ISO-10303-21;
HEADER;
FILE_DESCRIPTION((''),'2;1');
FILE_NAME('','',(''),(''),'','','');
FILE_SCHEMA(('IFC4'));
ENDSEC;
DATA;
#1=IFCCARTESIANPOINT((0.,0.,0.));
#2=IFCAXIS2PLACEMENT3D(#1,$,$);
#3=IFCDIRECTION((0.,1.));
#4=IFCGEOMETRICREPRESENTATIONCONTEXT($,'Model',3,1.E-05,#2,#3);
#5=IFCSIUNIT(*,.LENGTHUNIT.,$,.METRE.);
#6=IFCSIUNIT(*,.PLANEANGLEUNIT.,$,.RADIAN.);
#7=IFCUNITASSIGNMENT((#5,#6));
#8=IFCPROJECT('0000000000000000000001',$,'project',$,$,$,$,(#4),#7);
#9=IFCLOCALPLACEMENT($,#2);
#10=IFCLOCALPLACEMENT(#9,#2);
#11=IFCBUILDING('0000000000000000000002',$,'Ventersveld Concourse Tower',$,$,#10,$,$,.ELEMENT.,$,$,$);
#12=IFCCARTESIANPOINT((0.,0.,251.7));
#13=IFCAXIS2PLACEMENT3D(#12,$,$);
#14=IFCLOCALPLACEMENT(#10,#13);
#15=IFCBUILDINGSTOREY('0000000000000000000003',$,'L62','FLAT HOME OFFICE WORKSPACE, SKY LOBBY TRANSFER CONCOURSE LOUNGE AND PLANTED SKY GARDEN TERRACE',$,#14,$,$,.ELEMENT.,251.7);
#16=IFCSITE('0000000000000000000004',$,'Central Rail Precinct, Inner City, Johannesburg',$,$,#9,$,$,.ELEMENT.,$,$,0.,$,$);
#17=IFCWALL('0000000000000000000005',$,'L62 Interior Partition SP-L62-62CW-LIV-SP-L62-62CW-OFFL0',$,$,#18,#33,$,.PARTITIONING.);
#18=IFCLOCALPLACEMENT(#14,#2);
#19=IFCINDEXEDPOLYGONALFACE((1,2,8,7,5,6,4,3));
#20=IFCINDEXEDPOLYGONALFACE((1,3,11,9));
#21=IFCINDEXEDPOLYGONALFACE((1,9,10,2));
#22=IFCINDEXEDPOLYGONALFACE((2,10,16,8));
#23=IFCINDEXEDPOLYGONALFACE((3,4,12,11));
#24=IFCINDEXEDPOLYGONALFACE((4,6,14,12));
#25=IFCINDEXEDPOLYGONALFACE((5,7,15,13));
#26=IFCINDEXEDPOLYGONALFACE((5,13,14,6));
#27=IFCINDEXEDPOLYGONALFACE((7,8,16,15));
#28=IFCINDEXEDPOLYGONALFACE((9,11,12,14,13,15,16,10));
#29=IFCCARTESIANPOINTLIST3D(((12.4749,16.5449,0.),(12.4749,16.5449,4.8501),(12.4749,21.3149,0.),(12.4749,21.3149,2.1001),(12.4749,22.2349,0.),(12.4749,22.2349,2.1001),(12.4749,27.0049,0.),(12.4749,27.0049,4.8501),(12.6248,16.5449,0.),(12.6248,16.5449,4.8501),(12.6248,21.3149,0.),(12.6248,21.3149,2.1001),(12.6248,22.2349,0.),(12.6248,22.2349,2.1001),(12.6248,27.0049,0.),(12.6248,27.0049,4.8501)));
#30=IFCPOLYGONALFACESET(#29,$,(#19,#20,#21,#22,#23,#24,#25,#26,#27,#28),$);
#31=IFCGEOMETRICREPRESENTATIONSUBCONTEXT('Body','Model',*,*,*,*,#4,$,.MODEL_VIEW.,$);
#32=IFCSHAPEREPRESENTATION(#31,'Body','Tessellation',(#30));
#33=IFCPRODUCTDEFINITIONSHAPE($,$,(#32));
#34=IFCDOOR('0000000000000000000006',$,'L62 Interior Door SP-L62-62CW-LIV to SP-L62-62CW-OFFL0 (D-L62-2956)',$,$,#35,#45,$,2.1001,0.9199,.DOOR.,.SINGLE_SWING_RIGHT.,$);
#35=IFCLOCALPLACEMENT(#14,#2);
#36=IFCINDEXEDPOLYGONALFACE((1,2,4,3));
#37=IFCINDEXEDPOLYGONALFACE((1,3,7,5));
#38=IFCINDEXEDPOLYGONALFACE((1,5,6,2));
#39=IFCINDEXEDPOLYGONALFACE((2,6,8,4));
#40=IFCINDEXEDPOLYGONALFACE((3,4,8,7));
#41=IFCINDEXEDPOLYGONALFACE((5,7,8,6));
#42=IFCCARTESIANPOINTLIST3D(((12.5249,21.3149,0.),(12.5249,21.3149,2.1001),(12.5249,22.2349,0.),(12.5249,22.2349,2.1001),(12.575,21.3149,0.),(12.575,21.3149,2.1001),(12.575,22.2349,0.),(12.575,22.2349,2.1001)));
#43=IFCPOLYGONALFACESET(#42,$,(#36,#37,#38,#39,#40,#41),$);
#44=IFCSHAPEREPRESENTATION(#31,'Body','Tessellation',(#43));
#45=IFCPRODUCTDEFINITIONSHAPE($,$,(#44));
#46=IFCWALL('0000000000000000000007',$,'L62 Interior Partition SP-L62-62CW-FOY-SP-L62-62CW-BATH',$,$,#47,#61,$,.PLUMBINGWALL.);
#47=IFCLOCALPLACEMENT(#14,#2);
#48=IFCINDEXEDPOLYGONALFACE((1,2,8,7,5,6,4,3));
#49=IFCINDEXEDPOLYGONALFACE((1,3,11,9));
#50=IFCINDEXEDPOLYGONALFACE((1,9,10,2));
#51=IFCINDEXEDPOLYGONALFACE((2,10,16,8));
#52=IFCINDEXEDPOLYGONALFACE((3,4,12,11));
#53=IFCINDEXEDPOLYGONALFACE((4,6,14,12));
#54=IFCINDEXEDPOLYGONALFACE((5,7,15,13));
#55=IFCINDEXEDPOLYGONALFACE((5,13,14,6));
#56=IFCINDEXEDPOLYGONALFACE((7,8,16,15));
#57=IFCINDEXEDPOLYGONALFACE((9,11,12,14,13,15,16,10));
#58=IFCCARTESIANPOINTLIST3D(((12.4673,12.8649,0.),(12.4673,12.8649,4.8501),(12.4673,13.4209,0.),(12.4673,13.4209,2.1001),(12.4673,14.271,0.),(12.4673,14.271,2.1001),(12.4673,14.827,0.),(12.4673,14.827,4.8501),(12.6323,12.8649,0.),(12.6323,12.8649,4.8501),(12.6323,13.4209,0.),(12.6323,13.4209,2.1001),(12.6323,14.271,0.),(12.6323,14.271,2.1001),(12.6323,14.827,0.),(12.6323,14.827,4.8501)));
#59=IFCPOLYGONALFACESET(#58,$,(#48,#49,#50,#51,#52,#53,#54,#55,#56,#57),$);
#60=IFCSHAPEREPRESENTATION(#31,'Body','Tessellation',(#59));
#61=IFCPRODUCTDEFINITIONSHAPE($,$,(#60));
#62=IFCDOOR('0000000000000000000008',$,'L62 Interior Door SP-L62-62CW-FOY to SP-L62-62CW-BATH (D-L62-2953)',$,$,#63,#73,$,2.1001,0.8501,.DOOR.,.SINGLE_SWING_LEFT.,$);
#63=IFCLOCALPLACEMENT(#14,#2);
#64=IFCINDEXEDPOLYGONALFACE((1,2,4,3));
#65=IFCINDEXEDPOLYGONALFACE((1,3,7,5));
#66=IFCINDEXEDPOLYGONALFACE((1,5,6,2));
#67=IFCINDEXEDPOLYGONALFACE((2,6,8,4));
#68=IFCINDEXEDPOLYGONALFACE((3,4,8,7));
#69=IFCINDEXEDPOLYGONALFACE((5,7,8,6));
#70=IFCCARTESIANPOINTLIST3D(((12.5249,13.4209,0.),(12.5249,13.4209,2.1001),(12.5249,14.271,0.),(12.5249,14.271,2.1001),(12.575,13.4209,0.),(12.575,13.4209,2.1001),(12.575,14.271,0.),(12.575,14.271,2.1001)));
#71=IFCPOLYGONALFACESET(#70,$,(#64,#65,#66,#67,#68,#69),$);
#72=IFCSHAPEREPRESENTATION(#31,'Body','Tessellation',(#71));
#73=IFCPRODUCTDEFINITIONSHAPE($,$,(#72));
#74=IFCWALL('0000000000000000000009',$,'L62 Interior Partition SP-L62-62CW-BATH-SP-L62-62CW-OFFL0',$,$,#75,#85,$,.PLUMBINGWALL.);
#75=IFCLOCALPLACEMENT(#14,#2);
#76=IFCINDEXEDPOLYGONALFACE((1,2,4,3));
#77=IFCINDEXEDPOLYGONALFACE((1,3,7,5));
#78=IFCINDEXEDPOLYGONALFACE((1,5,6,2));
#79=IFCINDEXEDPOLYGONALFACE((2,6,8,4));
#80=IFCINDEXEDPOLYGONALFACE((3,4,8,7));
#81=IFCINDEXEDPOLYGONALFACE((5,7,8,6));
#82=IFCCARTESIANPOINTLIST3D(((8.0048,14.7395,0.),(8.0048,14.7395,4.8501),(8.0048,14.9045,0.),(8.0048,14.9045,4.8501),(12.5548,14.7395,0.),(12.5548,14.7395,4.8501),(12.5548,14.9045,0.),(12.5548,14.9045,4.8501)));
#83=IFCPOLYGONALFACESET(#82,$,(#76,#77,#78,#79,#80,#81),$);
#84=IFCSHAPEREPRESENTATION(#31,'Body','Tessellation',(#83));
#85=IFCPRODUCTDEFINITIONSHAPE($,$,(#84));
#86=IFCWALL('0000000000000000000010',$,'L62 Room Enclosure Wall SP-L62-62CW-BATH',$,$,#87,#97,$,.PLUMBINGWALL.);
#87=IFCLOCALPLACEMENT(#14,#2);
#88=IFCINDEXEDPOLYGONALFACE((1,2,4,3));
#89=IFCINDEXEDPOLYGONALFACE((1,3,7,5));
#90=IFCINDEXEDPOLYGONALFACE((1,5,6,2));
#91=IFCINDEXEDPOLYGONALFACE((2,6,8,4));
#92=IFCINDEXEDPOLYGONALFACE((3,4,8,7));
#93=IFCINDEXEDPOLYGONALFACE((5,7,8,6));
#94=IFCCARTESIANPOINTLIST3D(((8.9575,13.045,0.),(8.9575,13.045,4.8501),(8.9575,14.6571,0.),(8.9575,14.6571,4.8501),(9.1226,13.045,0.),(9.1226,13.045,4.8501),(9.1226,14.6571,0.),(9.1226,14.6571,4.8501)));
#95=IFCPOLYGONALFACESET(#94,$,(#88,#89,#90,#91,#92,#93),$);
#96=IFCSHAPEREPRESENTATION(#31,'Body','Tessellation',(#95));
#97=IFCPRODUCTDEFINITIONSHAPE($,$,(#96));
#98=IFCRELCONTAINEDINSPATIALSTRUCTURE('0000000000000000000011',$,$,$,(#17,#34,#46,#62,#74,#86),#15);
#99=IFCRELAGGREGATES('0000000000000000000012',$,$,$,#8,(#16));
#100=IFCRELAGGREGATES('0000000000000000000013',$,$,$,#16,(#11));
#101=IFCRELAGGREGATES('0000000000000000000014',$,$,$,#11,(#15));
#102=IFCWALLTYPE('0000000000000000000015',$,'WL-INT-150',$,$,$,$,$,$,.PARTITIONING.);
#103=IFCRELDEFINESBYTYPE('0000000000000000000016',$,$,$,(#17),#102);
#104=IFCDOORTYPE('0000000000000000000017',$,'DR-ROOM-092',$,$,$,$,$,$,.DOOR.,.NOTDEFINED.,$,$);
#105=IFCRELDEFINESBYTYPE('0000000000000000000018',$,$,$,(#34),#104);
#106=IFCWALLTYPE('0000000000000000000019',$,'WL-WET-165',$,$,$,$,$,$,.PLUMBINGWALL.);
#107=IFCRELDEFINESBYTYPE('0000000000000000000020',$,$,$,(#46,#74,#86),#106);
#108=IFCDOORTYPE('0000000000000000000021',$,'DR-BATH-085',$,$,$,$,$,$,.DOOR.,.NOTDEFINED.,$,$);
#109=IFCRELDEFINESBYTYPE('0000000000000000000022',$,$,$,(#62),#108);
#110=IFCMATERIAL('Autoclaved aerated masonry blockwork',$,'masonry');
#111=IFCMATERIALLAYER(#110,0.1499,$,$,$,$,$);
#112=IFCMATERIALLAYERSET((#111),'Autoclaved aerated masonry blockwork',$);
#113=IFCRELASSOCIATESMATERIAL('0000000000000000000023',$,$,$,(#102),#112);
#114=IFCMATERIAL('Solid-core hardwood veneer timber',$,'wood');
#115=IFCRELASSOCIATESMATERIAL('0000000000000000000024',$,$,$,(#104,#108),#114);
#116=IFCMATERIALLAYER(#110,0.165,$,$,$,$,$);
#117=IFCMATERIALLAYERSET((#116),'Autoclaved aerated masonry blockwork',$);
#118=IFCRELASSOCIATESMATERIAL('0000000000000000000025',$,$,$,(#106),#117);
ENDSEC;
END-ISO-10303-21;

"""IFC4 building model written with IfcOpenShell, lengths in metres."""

from ifc_helpers import new_model, si_unit, direction, frame, frame_2d, origin, place, context, subcontext, project, spatial, rectangle, extrude, material, layer, layer_set, type_object, element, fill, save


model = new_model("IFC4")

# Units and contexts
model_context = context("Model", 3, precision=1e-05, world=origin(), true_north=direction((0.0, 1.0)))
body_context = subcontext(model_context, "Body", "Model", "MODEL_VIEW")
ifc_project = project(units=[si_unit("LENGTHUNIT", "METRE"), si_unit("PLANEANGLEUNIT", "RADIAN")], contexts=[model_context])

# Site, building, storey
site_placement = place(None, origin())
site = spatial("IfcSite", under=ifc_project, at=site_placement, Name="Central Rail Precinct, Inner City, Johannesburg", CompositionType="ELEMENT", RefElevation=0.0)
building_placement = place(site_placement, origin())
building = spatial("IfcBuilding", under=site, at=building_placement, Name="Ventersveld Concourse Tower", CompositionType="ELEMENT")
storey_placement = place(building_placement, frame((0.0, 0.0, 251.7)))
storey = spatial("IfcBuildingStorey", under=building, at=storey_placement, Name="L62", Description="FLAT HOME OFFICE WORKSPACE, SKY LOBBY TRANSFER CONCOURSE LOUNGE AND PLANTED SKY GARDEN TERRACE", CompositionType="ELEMENT", Elevation=251.7)

# Shared definitions
ifc_material_1 = material(Name="Solid-core hardwood veneer timber", Category="wood")

# Walls, openings, doors
ifc_material_2 = material(Name="Autoclaved aerated masonry blockwork", Category="masonry")
ifc_layer_1 = layer(ifc_material_2, 0.1499)
ifc_layer_set_1 = layer_set([ifc_layer_1], Name="Autoclaved aerated masonry blockwork")
wall_type_1 = type_object("IfcWallType", Name="WL-INT-150", PredefinedType="PARTITIONING", material=ifc_layer_set_1)
door_type_1 = type_object("IfcDoorType", Name="DR-ROOM-092", OperationType="NOTDEFINED", PredefinedType="DOOR", material=ifc_material_1)
wall_1_placement = place(storey_placement, frame((12.5498, 16.5449, 0.0), z_axis=(0.0, 0.0, 1.0), x_axis=(0.0, 1.0, 0.0)))
wall_1 = element("IfcWall", 1, at=wall_1_placement, inside=storey, type_object=wall_type_1, Name="L62 Interior Partition SP-L62-62CW-LIV-SP-L62-62CW-OFFL0", PredefinedType="PARTITIONING", context=body_context, shape_type="SweptSolid", body=[
    extrude(rectangle(XDim=10.46, YDim=0.1499, at=frame_2d((5.23, 0.0))), origin(), (0.0, 0.0, 1.0), 4.8501),
])
opening_1_placement = place(wall_1_placement, frame((4.77, 0.0, 0.0)))
opening_1 = element("IfcOpeningElement", 2, at=opening_1_placement, cuts=wall_1, PredefinedType="OPENING", context=body_context, shape_type="SweptSolid", body=[
    extrude(rectangle(XDim=0.9199, YDim=2.1001, at=frame_2d((0.46, 1.05))), frame((0.0, 0.085, 0.0), z_axis=(0.0, -1.0, 0.0), x_axis=(1.0, 0.0, 0.0)), (0.0, 0.0, 1.0), 0.1699),
])
door_1_placement = place(opening_1_placement, origin())
door_1 = element("IfcDoor", 3, at=door_1_placement, inside=storey, type_object=door_type_1, Name="L62 Interior Door SP-L62-62CW-LIV to SP-L62-62CW-OFFL0 (D-L62-2956)", OperationType="SINGLE_SWING_RIGHT", OverallHeight=2.1001, OverallWidth=0.9199, PredefinedType="DOOR", context=body_context, shape_type="SweptSolid", body=[
    extrude(rectangle(XDim=0.9199, YDim=2.1001, at=frame_2d((0.46, 1.05))), frame((0.0, 0.0249, 0.0), z_axis=(0.0, -1.0, 0.0), x_axis=(1.0, 0.0, 0.0)), (0.0, 0.0, 1.0), 0.05),
])
fill(opening_1, door_1)
ifc_layer_2 = layer(ifc_material_2, 0.165)
ifc_layer_set_2 = layer_set([ifc_layer_2], Name="Autoclaved aerated masonry blockwork")
wall_type_2 = type_object("IfcWallType", Name="WL-WET-165", PredefinedType="PLUMBINGWALL", material=ifc_layer_set_2)
wall_2_placement = place(storey_placement, frame((12.5498, 12.865, 0.0), z_axis=(0.0, 0.0, 1.0), x_axis=(0.0, 1.0, 0.0)))
wall_2 = element("IfcWall", 4, at=wall_2_placement, inside=storey, type_object=wall_type_2, Name="L62 Interior Partition SP-L62-62CW-FOY-SP-L62-62CW-BATH", PredefinedType="PLUMBINGWALL", context=body_context, shape_type="SweptSolid", body=[
    extrude(rectangle(XDim=1.9622, YDim=0.165, at=frame_2d((0.981, 0.0))), origin(), (0.0, 0.0, 1.0), 4.8501),
])
opening_2_placement = place(wall_2_placement, frame((0.5559, 0.0, 0.0)))
opening_2 = element("IfcOpeningElement", 5, at=opening_2_placement, cuts=wall_2, PredefinedType="OPENING", context=body_context, shape_type="SweptSolid", body=[
    extrude(rectangle(XDim=0.8501, YDim=2.1001, at=frame_2d((0.425, 1.05))), frame((0.0, 0.0925, 0.0), z_axis=(0.0, -1.0, 0.0), x_axis=(1.0, 0.0, 0.0)), (0.0, 0.0, 1.0), 0.1851),
])
door_type_2 = type_object("IfcDoorType", Name="DR-BATH-085", OperationType="NOTDEFINED", PredefinedType="DOOR", material=ifc_material_1)
door_2_placement = place(opening_2_placement, origin())
door_2 = element("IfcDoor", 6, at=door_2_placement, inside=storey, type_object=door_type_2, Name="L62 Interior Door SP-L62-62CW-FOY to SP-L62-62CW-BATH (D-L62-2953)", OperationType="SINGLE_SWING_LEFT", OverallHeight=2.1001, OverallWidth=0.8501, PredefinedType="DOOR", context=body_context, shape_type="SweptSolid", body=[
    extrude(rectangle(XDim=0.8501, YDim=2.1001, at=frame_2d((0.425, 1.05))), frame((0.0, 0.0249, 0.0), z_axis=(0.0, -1.0, 0.0), x_axis=(1.0, 0.0, 0.0)), (0.0, 0.0, 1.0), 0.05),
])
fill(opening_2, door_2)

# Walls
wall_3_placement = place(storey_placement, frame((8.0049, 14.822, 0.0), z_axis=(0.0, 0.0, 1.0), x_axis=(1.0, 0.0, 0.0)))
element("IfcWall", 7, at=wall_3_placement, inside=storey, type_object=wall_type_2, Name="L62 Interior Partition SP-L62-62CW-BATH-SP-L62-62CW-OFFL0", PredefinedType="PLUMBINGWALL", context=body_context, shape_type="SweptSolid", body=[
    extrude(rectangle(XDim=4.55, YDim=0.165, at=frame_2d((2.2749, 0.0))), origin(), (0.0, 0.0, 1.0), 4.8501),
])
wall_4_placement = place(storey_placement, frame((9.04, 13.0449, 0.0), z_axis=(0.0, 0.0, 1.0), x_axis=(0.0, 1.0, 0.0)))
element("IfcWall", 8, at=wall_4_placement, inside=storey, type_object=wall_type_2, Name="L62 Room Enclosure Wall SP-L62-62CW-BATH", PredefinedType="PLUMBINGWALL", context=body_context, shape_type="SweptSolid", body=[
    extrude(rectangle(XDim=1.6121, YDim=0.165, at=frame_2d((0.8062, 0.0))), origin(), (0.0, 0.0, 1.0), 4.8501),
])

save(model, "model.ifc")
